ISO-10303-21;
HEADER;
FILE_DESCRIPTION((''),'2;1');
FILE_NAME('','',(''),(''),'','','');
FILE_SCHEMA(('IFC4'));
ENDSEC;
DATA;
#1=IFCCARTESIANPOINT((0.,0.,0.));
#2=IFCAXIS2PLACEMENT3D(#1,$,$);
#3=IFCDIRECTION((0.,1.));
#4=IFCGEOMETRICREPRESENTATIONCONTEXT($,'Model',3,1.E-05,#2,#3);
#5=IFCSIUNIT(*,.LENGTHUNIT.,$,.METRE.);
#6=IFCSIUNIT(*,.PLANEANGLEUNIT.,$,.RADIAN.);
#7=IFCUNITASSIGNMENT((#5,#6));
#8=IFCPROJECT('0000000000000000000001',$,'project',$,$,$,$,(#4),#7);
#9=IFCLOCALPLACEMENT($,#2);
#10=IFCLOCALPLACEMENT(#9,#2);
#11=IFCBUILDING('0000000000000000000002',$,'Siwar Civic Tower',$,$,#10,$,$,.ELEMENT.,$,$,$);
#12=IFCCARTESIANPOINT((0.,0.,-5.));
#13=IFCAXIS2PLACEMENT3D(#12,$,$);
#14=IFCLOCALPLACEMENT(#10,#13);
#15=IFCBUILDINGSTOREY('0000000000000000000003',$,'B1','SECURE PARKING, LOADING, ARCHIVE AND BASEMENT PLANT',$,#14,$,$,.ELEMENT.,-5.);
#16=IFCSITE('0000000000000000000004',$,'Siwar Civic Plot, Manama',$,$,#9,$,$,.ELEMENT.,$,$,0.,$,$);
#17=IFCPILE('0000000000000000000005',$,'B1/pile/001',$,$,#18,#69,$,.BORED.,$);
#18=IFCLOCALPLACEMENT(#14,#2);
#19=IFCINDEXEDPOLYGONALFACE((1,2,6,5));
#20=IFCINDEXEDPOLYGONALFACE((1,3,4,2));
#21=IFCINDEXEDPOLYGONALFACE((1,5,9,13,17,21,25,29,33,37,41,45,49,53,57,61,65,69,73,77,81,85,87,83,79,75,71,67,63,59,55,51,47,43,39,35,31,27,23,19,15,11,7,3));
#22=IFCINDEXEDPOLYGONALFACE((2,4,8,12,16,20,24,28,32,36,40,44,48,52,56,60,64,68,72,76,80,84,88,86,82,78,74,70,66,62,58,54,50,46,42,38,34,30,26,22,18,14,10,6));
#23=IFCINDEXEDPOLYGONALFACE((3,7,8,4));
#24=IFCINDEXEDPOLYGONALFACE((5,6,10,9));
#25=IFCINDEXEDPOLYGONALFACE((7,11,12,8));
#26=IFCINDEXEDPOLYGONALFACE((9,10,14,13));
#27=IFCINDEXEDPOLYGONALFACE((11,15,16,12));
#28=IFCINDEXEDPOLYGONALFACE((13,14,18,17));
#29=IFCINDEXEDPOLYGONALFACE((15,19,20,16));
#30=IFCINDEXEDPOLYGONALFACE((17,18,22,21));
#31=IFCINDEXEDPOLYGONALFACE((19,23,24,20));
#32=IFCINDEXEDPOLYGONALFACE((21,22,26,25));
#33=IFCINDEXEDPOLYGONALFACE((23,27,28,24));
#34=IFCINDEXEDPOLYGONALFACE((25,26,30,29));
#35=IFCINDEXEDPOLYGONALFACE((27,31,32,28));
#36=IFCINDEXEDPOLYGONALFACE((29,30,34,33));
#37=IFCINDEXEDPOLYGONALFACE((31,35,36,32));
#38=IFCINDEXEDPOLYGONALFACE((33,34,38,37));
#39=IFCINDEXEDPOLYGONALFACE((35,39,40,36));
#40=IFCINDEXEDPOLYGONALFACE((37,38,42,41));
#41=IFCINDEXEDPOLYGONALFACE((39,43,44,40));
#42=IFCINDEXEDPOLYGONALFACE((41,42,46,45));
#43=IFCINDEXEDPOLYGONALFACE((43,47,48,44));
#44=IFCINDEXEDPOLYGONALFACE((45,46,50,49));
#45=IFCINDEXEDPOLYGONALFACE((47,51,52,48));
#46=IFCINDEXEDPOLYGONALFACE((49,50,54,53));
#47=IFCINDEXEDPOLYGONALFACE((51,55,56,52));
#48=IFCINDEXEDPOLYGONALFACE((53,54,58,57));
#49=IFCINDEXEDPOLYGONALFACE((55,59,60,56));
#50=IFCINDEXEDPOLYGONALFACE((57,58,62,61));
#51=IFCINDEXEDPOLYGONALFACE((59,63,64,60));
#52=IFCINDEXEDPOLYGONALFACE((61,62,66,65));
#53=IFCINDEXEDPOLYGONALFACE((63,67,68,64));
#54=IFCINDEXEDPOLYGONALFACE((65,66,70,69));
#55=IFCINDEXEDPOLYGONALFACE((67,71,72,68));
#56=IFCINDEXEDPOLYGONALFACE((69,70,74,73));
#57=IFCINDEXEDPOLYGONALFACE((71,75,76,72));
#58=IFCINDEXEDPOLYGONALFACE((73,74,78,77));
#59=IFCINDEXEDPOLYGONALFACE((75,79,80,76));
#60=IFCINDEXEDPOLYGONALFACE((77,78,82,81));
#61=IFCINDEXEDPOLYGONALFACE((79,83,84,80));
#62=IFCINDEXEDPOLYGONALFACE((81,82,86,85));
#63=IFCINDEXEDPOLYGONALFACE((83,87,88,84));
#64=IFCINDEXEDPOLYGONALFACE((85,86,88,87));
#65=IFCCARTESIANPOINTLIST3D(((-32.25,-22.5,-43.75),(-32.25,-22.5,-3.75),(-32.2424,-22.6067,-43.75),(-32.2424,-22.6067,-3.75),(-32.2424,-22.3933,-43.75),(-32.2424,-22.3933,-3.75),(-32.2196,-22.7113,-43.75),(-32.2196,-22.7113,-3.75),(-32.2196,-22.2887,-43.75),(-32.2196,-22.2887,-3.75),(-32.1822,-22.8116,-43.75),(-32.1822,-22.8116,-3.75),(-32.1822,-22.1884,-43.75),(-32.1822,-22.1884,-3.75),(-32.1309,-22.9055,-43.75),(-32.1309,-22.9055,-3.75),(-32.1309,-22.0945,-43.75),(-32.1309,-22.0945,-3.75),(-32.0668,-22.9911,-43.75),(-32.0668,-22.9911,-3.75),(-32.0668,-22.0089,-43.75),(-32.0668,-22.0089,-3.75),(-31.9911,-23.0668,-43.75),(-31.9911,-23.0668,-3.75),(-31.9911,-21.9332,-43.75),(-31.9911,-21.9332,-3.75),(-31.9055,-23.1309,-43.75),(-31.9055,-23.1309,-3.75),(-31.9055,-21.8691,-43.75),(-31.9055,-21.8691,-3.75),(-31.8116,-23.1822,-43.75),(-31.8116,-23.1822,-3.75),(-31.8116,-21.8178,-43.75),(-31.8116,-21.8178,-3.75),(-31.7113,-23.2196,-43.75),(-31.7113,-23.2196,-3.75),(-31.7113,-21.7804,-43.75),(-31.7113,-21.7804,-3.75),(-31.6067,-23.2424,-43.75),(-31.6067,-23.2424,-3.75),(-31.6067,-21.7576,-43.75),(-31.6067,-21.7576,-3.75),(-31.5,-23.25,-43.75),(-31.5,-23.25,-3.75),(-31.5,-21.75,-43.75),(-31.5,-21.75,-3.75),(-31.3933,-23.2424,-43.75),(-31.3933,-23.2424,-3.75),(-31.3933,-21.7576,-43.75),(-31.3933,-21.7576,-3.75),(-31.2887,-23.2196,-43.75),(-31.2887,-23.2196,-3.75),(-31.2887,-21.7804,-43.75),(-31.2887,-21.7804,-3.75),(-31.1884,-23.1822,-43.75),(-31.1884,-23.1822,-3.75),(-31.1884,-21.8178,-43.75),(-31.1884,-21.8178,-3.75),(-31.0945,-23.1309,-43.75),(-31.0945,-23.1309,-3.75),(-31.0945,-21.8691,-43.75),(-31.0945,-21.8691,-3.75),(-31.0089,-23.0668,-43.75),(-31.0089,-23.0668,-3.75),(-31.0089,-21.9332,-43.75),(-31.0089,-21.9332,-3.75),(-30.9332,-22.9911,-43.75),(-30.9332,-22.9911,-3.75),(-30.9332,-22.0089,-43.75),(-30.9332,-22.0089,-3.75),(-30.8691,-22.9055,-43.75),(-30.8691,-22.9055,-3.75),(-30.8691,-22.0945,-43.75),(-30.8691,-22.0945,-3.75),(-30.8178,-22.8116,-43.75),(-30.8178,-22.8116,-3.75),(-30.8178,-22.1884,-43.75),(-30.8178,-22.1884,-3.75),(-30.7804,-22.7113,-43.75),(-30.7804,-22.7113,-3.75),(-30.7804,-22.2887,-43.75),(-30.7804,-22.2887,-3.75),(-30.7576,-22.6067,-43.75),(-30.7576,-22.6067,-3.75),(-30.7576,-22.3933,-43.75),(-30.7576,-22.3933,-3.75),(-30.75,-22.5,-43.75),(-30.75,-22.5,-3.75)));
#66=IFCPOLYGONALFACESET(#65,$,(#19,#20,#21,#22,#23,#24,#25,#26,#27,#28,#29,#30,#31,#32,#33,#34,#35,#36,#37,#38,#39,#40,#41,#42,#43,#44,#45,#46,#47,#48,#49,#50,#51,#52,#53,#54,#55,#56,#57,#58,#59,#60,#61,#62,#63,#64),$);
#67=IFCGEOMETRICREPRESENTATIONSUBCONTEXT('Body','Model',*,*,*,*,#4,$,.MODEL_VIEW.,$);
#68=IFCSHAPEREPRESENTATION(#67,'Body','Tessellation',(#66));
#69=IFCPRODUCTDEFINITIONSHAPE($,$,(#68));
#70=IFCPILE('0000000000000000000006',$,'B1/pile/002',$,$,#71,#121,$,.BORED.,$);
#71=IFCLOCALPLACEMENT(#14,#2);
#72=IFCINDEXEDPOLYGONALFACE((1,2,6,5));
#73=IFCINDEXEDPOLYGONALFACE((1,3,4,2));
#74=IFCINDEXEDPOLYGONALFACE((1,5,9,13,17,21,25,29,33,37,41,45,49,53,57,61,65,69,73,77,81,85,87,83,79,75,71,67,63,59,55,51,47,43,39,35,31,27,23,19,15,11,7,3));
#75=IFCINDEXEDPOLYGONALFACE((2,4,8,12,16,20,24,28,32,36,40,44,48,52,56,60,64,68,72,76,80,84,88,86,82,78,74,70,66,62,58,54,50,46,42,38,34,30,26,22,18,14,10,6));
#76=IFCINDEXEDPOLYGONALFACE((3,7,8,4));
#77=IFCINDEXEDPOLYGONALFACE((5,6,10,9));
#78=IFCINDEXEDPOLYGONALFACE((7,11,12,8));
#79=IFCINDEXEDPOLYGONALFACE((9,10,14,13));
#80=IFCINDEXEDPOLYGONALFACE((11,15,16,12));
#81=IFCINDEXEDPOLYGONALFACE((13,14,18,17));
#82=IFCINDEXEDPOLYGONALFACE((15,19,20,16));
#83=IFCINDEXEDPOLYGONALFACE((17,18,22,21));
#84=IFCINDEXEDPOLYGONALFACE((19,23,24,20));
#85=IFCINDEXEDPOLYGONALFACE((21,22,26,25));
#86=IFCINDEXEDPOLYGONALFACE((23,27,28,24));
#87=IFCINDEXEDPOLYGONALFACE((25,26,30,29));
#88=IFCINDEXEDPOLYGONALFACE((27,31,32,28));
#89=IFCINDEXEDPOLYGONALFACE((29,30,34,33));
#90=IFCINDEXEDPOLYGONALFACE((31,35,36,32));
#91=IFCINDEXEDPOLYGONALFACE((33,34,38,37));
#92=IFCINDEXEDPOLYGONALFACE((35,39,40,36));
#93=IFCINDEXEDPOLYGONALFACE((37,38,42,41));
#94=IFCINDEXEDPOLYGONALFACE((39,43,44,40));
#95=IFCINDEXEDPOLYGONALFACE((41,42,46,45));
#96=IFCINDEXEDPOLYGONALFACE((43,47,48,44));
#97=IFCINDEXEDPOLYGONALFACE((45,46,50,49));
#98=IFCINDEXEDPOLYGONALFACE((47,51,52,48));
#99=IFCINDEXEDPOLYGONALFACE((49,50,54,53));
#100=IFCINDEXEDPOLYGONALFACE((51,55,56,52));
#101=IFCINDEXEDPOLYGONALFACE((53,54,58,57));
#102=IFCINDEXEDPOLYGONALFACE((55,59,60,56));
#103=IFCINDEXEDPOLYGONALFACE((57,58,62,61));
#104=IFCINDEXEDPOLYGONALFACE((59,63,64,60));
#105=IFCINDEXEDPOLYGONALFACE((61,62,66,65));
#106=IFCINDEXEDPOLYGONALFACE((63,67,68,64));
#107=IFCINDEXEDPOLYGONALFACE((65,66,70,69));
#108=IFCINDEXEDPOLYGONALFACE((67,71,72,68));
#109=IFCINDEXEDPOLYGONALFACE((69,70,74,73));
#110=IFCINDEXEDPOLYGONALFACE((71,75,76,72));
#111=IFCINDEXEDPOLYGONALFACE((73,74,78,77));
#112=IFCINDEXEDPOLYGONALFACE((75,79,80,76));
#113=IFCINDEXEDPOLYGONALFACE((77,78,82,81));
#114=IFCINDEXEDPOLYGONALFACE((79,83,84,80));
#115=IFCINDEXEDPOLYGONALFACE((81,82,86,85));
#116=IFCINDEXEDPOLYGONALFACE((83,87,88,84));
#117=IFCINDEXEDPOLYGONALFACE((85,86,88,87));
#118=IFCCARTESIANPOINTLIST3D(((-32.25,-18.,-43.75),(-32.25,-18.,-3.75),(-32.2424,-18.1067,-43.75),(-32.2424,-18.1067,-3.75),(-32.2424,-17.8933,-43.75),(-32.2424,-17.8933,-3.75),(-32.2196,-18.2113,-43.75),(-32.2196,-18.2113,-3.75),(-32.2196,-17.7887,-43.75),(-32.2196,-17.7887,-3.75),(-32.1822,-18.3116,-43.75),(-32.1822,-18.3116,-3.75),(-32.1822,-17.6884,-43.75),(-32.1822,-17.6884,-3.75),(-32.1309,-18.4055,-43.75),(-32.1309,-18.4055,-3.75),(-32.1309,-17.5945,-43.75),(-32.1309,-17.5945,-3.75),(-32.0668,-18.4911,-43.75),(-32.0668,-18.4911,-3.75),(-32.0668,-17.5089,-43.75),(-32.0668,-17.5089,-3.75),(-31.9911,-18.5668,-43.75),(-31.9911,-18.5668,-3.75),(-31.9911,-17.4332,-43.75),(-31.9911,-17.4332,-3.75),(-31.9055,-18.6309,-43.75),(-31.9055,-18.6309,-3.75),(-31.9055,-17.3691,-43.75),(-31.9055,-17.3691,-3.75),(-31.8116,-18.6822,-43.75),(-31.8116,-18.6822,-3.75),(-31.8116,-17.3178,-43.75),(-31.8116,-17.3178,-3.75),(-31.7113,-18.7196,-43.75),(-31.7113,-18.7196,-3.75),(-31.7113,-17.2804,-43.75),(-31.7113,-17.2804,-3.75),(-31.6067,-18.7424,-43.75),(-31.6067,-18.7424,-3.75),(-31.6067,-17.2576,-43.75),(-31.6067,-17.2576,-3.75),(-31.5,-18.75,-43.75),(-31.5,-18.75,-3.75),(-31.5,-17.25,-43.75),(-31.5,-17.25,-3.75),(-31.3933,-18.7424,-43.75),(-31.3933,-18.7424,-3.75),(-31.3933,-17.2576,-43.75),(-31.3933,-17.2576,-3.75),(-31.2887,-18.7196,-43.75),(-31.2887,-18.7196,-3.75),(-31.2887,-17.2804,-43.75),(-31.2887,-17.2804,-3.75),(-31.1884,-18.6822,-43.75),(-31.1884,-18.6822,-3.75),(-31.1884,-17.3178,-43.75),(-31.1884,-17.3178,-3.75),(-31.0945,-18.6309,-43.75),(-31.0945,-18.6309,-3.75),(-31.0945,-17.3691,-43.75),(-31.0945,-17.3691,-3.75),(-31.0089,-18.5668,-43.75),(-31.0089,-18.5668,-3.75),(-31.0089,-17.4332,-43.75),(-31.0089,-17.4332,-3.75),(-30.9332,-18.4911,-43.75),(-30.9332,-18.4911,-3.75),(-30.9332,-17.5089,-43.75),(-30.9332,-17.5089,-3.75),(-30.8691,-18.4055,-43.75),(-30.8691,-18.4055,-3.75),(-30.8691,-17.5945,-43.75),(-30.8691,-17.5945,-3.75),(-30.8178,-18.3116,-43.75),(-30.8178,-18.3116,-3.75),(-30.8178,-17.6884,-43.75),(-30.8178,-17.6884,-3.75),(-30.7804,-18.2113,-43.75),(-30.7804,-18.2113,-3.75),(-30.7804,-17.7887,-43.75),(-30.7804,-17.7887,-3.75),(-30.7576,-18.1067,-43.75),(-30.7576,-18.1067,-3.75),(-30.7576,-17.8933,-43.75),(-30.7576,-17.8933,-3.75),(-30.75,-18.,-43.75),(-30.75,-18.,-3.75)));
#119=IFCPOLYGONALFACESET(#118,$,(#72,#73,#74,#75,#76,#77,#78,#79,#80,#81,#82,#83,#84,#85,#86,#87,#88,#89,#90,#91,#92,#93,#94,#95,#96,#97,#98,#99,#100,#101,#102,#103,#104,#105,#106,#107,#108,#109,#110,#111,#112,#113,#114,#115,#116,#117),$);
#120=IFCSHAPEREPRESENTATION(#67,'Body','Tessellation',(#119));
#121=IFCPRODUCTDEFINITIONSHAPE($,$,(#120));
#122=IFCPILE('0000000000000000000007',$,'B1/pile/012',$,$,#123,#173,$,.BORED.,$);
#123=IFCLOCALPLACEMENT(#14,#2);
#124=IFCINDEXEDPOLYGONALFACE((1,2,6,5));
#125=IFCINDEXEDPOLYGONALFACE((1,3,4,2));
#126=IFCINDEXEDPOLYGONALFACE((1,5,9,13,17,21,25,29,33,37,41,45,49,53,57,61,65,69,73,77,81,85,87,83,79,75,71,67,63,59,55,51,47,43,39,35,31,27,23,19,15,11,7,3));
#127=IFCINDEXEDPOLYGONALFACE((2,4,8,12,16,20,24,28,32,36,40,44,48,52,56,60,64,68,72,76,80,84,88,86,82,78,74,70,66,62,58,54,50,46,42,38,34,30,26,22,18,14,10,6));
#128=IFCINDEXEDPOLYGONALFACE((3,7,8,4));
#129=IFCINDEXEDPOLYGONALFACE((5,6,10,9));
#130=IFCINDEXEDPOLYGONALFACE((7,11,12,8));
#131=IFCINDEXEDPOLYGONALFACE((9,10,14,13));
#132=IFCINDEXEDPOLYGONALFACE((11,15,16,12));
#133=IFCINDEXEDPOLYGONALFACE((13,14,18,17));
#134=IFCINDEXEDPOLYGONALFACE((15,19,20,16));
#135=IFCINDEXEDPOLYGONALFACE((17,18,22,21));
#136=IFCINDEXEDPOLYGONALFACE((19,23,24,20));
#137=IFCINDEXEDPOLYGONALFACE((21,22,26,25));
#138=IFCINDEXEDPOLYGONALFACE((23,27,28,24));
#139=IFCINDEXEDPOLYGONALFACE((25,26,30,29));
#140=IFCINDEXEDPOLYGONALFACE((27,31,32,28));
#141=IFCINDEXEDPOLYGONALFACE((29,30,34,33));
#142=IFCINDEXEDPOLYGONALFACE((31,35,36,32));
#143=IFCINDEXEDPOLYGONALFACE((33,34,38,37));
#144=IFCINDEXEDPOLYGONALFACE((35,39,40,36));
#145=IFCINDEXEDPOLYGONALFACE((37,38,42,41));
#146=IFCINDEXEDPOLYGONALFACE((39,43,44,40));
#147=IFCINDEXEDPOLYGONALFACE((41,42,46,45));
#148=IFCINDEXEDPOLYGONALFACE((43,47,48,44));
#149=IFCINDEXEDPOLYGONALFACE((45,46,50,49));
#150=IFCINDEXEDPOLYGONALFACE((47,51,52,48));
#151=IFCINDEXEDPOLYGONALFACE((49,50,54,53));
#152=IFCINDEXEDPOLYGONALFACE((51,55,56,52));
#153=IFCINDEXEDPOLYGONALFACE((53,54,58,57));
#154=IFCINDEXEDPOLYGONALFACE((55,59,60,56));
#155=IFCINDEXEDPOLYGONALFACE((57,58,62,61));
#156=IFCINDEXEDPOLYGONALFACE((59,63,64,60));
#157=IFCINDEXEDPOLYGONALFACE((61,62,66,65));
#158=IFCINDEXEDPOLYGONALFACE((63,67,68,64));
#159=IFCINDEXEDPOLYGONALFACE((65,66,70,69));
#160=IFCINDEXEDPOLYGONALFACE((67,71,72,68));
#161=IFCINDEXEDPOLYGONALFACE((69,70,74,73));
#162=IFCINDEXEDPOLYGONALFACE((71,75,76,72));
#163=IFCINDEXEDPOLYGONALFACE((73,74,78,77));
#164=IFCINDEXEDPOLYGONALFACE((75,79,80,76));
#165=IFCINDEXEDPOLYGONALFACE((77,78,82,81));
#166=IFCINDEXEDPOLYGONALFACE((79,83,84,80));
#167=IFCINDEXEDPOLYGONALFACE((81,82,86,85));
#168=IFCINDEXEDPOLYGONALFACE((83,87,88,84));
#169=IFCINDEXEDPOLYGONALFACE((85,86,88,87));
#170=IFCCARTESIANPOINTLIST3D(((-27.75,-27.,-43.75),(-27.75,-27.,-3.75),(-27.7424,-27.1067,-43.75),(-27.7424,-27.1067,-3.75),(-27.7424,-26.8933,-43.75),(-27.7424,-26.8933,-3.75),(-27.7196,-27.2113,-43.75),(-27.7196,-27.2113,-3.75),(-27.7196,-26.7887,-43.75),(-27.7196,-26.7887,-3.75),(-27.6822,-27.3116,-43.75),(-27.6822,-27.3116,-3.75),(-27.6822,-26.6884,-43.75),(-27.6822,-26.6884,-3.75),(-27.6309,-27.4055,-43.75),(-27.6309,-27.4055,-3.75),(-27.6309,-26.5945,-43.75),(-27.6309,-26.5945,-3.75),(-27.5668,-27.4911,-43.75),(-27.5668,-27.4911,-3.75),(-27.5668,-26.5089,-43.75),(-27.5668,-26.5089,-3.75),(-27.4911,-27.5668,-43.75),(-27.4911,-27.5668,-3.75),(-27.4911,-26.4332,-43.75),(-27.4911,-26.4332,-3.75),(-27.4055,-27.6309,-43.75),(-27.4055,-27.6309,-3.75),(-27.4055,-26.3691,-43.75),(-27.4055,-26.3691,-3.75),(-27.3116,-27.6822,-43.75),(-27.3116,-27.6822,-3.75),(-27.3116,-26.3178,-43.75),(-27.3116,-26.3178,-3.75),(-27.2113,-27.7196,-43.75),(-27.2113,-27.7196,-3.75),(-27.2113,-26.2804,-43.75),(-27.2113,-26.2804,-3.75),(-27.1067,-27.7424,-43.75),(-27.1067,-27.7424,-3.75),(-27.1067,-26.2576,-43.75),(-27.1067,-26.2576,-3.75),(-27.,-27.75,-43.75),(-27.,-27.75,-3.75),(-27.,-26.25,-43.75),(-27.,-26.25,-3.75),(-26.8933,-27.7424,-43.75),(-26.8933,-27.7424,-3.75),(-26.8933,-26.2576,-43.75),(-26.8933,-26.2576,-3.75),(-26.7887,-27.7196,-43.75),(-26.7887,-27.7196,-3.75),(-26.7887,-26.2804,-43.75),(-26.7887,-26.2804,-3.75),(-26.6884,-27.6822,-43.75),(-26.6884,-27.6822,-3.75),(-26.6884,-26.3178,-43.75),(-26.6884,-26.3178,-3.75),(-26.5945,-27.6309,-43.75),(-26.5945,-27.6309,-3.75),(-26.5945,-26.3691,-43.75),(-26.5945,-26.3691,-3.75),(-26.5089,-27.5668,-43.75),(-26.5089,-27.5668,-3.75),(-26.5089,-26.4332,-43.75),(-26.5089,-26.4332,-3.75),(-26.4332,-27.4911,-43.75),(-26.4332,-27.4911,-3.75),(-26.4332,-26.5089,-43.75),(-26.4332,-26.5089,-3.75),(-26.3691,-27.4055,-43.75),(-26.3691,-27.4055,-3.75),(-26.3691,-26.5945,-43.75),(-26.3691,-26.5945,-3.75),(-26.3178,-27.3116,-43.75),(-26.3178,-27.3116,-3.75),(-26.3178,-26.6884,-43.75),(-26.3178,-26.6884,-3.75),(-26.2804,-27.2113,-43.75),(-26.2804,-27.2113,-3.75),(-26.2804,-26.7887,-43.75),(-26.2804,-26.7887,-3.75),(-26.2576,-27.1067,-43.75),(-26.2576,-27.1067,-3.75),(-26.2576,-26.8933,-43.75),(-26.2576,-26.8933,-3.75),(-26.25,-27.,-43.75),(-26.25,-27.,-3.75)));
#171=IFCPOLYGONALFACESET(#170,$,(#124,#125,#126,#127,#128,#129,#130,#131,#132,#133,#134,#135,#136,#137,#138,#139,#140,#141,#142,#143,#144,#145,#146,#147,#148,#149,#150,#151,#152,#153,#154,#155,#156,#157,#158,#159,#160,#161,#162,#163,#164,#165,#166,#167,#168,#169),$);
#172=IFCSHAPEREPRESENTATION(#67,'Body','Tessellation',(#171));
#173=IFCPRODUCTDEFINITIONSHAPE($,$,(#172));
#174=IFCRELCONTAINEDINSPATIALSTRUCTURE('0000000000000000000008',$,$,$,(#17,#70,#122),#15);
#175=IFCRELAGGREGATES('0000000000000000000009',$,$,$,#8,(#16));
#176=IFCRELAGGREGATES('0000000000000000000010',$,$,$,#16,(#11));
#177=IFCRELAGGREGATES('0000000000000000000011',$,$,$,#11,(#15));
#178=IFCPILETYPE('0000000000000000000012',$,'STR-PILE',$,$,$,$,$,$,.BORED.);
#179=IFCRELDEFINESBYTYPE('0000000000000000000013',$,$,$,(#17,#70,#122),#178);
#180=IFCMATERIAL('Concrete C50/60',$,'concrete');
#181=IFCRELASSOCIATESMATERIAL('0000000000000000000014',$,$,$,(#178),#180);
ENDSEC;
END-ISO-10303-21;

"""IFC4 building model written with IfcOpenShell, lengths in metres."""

from ifc_helpers import new_model, si_unit, direction, frame, origin, origin_2d, place, context, subcontext, project, spatial, circle, extrude, material, material_profile, profile_set, type_object, element, save


model = new_model("IFC4")

# Units and contexts
model_context = context("Model", 3, precision=1e-05, world=origin(), true_north=direction((0.0, 1.0)))
body_context = subcontext(model_context, "Body", "Model", "MODEL_VIEW")
ifc_project = project(units=[si_unit("LENGTHUNIT", "METRE"), si_unit("PLANEANGLEUNIT", "RADIAN")], contexts=[model_context])

# Site, building, storey
site_placement = place(None, origin())
site = spatial("IfcSite", under=ifc_project, at=site_placement, Name="Siwar Civic Plot, Manama", CompositionType="ELEMENT", RefElevation=0.0)
building_placement = place(site_placement, origin())
building = spatial("IfcBuilding", under=site, at=building_placement, Name="Siwar Civic Tower", CompositionType="ELEMENT")
storey_placement = place(building_placement, frame((0.0, 0.0, -5.0)))
storey = spatial("IfcBuildingStorey", under=building, at=storey_placement, Name="B1", Description="SECURE PARKING, LOADING, ARCHIVE AND BASEMENT PLANT", CompositionType="ELEMENT", Elevation=-5.0)

# Piles
ifc_material_1 = material(Name="Concrete C50/60", Category="concrete")
ifc_material_profile_1 = material_profile(ifc_material_1, circle(Radius=0.75, at=origin_2d()), Name="PILE1500")
ifc_profile_set_1 = profile_set([ifc_material_profile_1], Name="Concrete C50/60")
pile_type = type_object("IfcPileType", Name="STR-PILE", PredefinedType="BORED", material=ifc_profile_set_1)
for number, where, z_axis, x_axis, name in (
    (1, (-31.5, -22.5, -3.75), (0.0, 0.0, -1.0), (1.0, 0.0, 0.0), "B1/pile/001"),
    (2, (-31.5, -18.0, -3.75), (0.0, 0.0, -1.0), (1.0, 0.0, 0.0), "B1/pile/002"),
    (3, (-27.0, -27.0, -3.75), (0.0, 0.0, -1.0), (1.0, 0.0, 0.0), "B1/pile/012"),
):
    element("IfcPile", number, at=place(storey_placement, frame(where, z_axis=z_axis, x_axis=x_axis)), inside=storey, type_object=pile_type, Name=name, PredefinedType="BORED", context=body_context, shape_type="SweptSolid", body=[
        extrude(circle(Radius=0.75, at=origin_2d()), origin(), (0.0, 0.0, 1.0), 40.0),
    ])

save(model, "model.ifc")
